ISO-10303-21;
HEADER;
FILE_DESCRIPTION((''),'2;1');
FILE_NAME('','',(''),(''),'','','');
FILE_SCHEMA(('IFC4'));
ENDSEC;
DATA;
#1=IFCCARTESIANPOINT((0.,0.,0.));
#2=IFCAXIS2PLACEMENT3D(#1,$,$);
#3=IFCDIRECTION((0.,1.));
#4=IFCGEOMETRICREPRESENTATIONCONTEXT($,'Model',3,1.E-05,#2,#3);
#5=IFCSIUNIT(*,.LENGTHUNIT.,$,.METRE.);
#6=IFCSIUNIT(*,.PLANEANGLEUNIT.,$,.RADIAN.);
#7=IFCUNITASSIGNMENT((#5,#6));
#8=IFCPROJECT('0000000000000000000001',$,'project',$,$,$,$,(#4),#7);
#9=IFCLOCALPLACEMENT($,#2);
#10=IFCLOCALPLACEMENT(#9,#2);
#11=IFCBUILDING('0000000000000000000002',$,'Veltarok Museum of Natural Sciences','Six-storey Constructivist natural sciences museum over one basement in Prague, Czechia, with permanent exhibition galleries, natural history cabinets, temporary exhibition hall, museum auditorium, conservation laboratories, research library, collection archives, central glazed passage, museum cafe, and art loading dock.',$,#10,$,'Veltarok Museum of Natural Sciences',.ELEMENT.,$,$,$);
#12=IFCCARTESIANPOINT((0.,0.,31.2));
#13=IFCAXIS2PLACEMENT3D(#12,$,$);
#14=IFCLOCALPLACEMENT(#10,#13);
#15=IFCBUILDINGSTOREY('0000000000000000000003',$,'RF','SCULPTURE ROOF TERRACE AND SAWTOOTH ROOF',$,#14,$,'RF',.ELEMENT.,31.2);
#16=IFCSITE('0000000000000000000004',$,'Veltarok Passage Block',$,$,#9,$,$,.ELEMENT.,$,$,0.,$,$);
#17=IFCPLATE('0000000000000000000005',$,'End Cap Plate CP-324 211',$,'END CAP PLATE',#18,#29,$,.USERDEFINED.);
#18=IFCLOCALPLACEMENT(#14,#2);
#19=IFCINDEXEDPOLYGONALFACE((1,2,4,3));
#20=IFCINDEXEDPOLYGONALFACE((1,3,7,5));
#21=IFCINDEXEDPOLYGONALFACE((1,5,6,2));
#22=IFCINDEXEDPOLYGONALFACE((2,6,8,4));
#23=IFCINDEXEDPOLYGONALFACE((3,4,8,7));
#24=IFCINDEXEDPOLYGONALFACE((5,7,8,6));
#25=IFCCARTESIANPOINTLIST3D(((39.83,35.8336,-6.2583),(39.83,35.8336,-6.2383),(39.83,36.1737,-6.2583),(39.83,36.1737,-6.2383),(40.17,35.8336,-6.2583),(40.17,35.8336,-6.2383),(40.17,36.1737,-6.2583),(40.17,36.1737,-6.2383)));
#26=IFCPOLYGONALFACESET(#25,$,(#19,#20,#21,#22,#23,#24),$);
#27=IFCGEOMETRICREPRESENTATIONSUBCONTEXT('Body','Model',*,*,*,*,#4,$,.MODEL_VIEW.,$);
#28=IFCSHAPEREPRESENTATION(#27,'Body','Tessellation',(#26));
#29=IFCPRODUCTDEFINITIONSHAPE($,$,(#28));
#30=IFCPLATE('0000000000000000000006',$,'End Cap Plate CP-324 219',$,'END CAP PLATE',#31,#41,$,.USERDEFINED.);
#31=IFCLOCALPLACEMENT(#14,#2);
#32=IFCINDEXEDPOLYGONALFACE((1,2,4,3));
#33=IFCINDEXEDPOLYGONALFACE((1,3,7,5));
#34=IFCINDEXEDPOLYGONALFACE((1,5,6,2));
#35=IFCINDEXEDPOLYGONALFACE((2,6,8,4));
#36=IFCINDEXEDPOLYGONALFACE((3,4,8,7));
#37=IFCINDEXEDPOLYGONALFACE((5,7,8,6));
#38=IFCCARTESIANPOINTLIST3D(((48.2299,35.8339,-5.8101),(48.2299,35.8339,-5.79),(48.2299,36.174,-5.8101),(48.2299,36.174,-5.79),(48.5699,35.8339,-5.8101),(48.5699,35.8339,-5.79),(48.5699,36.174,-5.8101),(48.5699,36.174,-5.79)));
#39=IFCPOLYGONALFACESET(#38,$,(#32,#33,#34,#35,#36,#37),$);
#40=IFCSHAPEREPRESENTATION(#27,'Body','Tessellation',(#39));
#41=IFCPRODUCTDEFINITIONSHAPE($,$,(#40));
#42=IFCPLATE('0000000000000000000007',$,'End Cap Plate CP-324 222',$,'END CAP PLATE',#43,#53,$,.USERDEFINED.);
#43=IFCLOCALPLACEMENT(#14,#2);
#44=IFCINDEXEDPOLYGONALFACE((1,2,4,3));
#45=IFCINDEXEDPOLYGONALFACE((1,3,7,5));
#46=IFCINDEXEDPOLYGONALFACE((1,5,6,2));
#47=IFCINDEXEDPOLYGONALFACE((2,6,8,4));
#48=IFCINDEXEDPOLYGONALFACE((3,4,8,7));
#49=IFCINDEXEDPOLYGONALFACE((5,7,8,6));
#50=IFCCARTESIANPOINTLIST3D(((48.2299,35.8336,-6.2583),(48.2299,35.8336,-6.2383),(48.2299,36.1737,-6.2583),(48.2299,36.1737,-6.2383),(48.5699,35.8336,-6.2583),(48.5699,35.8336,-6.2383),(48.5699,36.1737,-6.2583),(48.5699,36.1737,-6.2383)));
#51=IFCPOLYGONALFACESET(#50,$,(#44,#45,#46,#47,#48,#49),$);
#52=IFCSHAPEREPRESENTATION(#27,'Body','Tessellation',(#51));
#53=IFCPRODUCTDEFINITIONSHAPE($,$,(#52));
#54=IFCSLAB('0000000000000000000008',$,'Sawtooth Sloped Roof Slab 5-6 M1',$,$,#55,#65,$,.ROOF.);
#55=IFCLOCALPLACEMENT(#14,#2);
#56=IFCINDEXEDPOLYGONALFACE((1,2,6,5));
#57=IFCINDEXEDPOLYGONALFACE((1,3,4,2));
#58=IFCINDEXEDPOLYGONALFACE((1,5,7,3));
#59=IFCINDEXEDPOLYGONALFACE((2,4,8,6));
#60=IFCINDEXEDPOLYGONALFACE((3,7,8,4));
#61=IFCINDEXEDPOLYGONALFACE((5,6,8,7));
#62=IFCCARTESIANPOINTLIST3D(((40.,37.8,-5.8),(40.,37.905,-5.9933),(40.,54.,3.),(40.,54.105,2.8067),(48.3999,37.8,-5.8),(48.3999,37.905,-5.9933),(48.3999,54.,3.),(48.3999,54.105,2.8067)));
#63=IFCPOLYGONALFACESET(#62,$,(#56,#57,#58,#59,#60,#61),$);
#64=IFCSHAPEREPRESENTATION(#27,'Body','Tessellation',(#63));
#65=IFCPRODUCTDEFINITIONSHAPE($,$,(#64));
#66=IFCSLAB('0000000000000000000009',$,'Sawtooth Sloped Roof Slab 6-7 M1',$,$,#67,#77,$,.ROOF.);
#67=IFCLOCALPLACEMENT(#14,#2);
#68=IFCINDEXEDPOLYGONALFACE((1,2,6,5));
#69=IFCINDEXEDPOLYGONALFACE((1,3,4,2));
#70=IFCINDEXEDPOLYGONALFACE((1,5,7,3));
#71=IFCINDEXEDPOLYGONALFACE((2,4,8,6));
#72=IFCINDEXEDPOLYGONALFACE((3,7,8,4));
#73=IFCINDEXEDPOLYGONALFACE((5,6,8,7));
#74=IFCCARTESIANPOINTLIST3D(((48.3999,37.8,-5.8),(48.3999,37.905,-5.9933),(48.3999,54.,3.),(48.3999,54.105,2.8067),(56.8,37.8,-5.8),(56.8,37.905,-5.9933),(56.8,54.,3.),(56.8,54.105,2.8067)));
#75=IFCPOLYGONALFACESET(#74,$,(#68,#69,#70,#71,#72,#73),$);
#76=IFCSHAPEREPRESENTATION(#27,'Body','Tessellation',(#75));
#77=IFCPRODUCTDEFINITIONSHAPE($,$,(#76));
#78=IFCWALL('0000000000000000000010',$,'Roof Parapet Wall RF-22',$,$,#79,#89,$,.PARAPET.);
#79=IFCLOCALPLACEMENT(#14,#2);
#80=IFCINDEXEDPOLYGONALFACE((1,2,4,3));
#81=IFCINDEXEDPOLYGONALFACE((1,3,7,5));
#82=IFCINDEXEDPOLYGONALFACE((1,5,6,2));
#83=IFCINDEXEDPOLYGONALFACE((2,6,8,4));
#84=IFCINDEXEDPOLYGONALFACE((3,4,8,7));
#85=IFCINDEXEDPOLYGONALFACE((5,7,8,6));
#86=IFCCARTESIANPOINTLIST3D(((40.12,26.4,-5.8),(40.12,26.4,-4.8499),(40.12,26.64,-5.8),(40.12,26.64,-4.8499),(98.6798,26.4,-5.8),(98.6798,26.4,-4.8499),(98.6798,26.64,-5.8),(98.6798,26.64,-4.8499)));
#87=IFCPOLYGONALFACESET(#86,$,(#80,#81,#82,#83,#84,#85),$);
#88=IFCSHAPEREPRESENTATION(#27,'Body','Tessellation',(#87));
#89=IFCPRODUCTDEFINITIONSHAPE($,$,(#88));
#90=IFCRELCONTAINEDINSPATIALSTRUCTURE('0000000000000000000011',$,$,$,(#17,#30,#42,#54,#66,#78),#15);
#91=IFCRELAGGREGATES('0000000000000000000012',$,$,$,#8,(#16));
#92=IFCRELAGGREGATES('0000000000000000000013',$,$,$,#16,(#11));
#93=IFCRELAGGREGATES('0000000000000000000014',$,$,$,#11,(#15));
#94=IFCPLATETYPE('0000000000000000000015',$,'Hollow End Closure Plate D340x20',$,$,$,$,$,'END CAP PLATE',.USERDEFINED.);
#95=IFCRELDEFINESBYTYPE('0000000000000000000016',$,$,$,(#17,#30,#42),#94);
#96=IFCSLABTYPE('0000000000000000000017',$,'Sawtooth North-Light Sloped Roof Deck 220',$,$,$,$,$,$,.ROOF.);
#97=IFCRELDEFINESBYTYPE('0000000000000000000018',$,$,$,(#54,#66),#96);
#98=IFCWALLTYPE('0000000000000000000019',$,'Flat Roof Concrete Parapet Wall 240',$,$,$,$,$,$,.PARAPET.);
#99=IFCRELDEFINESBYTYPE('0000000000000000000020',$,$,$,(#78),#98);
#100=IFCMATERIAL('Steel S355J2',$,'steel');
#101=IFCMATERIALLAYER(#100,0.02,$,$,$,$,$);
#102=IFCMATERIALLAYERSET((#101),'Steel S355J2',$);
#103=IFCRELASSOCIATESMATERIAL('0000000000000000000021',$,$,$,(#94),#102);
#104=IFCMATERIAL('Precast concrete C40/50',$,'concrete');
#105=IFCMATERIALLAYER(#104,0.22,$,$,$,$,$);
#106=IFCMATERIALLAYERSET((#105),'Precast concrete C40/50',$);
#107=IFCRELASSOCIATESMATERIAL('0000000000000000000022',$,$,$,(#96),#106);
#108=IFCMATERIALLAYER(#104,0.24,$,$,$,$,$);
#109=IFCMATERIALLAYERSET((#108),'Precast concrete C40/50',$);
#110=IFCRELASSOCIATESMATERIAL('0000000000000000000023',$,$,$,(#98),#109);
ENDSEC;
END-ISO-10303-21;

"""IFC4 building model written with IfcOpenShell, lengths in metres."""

from ifc_helpers import new_model, si_unit, direction, frame, frame_2d, origin, origin_2d, place, context, subcontext, project, spatial, polyline, rectangle, outline, extrude, material, layer, layer_set, type_object, element, save


model = new_model("IFC4")

# Units and contexts
model_context = context("Model", 3, precision=1e-05, world=origin(), true_north=direction((0.0, 1.0)))
body_context = subcontext(model_context, "Body", "Model", "MODEL_VIEW")
ifc_project = project(units=[si_unit("LENGTHUNIT", "METRE"), si_unit("PLANEANGLEUNIT", "RADIAN")], contexts=[model_context])

# Site, building, storey
site_placement = place(None, origin())
site = spatial("IfcSite", under=ifc_project, at=site_placement, Name="Veltarok Passage Block", CompositionType="ELEMENT", RefElevation=0.0)
building_placement = place(site_placement, origin())
building = spatial("IfcBuilding", under=site, at=building_placement, Name="Veltarok Museum of Natural Sciences", Description="Six-storey Constructivist natural sciences museum over one basement in Prague, Czechia, with permanent exhibition galleries, natural history cabinets, temporary exhibition hall, museum auditorium, conservation laboratories, research library, collection archives, central glazed passage, museum cafe, and art loading dock.", LongName="Veltarok Museum of Natural Sciences", CompositionType="ELEMENT")
storey_placement = place(building_placement, frame((0.0, 0.0, 31.2)))
storey = spatial("IfcBuildingStorey", under=building, at=storey_placement, Name="RF", Description="SCULPTURE ROOF TERRACE AND SAWTOOTH ROOF", LongName="RF", CompositionType="ELEMENT", Elevation=31.2)

# Shared definitions
ifc_material_1 = material(Name="Steel S355J2", Category="steel")

# Plates
ifc_layer_1 = layer(ifc_material_1, 0.02)
ifc_layer_set_1 = layer_set([ifc_layer_1], Name="Steel S355J2")
plate_type_1 = type_object("IfcPlateType", Name="Hollow End Closure Plate D340x20", ElementType="END CAP PLATE", PredefinedType="USERDEFINED", material=ifc_layer_set_1)
for number, where, z_axis, x_axis, name in (
    (1, (40.0, 36.0037, -6.2583), (0.0, 0.0, 1.0), (0.0, 1.0, 0.0), "End Cap Plate CP-324 211"),
    (2, (48.3999, 36.0039, -5.8101), (0.0, 0.0, 1.0), (0.0, 1.0, 0.0), "End Cap Plate CP-324 219"),
    (3, (48.3999, 36.0037, -6.2583), (0.0, 0.0, 1.0), (0.0, 1.0, 0.0), "End Cap Plate CP-324 222"),
):
    element("IfcPlate", number, at=place(storey_placement, frame(where, z_axis=z_axis, x_axis=x_axis)), inside=storey, type_object=plate_type_1, Name=name, ObjectType="END CAP PLATE", PredefinedType="USERDEFINED", context=body_context, shape_type="SweptSolid", body=[
        extrude(rectangle(XDim=0.3401, YDim=0.3401, at=origin_2d()), origin(), (0.0, 0.0, 1.0), 0.02),
    ])

# Slabs
ifc_material_2 = material(Name="Precast concrete C40/50", Category="concrete")
ifc_layer_2 = layer(ifc_material_2, 0.22)
ifc_layer_set_2 = layer_set([ifc_layer_2], Name="Precast concrete C40/50")
slab_type = type_object("IfcSlabType", Name="Sawtooth North-Light Sloped Roof Deck 220", PredefinedType="ROOF", material=ifc_layer_set_2)
slab_1_placement = place(storey_placement, frame((40.0, 37.8, -5.8), z_axis=(0.0, -0.477334, 0.878722), x_axis=(1.0, 0.0, 0.0)))
element("IfcSlab", 4, at=slab_1_placement, inside=storey, type_object=slab_type, Name="Sawtooth Sloped Roof Slab 5-6 M1", PredefinedType="ROOF", context=body_context, shape_type="SweptSolid", body=[
    extrude(outline(polyline([(0.0, 0.0), (8.3999, 0.0), (8.3999, 18.4358), (0.0, 18.4358), (0.0, 0.0)])), origin(), (0.0, 0.0, -1.0), 0.22),
])
slab_2_placement = place(storey_placement, frame((48.3999, 37.8, -5.8), z_axis=(0.0, -0.477334, 0.878722), x_axis=(1.0, 0.0, 0.0)))
element("IfcSlab", 5, at=slab_2_placement, inside=storey, type_object=slab_type, Name="Sawtooth Sloped Roof Slab 6-7 M1", PredefinedType="ROOF", context=body_context, shape_type="SweptSolid", body=[
    extrude(outline(polyline([(0.0, 0.0), (8.4001, 0.0), (8.4001, 18.4358), (0.0, 18.4358), (0.0, 0.0)])), origin(), (0.0, 0.0, -1.0), 0.22),
])

# Wall
ifc_layer_3 = layer(ifc_material_2, 0.24)
ifc_layer_set_3 = layer_set([ifc_layer_3], Name="Precast concrete C40/50")
wall_type = type_object("IfcWallType", Name="Flat Roof Concrete Parapet Wall 240", PredefinedType="PARAPET", material=ifc_layer_set_3)
wall_placement = place(storey_placement, frame((40.1201, 26.52, -5.8), z_axis=(0.0, 0.0, 1.0), x_axis=(1.0, 0.0, 0.0)))
element("IfcWall", 6, at=wall_placement, inside=storey, type_object=wall_type, Name="Roof Parapet Wall RF-22", PredefinedType="PARAPET", context=body_context, shape_type="SweptSolid", body=[
    extrude(rectangle(XDim=58.5598, YDim=0.24, at=frame_2d((29.2798, 0.0))), origin(), (0.0, 0.0, 1.0), 0.9502),
])

save(model, "model.ifc")
